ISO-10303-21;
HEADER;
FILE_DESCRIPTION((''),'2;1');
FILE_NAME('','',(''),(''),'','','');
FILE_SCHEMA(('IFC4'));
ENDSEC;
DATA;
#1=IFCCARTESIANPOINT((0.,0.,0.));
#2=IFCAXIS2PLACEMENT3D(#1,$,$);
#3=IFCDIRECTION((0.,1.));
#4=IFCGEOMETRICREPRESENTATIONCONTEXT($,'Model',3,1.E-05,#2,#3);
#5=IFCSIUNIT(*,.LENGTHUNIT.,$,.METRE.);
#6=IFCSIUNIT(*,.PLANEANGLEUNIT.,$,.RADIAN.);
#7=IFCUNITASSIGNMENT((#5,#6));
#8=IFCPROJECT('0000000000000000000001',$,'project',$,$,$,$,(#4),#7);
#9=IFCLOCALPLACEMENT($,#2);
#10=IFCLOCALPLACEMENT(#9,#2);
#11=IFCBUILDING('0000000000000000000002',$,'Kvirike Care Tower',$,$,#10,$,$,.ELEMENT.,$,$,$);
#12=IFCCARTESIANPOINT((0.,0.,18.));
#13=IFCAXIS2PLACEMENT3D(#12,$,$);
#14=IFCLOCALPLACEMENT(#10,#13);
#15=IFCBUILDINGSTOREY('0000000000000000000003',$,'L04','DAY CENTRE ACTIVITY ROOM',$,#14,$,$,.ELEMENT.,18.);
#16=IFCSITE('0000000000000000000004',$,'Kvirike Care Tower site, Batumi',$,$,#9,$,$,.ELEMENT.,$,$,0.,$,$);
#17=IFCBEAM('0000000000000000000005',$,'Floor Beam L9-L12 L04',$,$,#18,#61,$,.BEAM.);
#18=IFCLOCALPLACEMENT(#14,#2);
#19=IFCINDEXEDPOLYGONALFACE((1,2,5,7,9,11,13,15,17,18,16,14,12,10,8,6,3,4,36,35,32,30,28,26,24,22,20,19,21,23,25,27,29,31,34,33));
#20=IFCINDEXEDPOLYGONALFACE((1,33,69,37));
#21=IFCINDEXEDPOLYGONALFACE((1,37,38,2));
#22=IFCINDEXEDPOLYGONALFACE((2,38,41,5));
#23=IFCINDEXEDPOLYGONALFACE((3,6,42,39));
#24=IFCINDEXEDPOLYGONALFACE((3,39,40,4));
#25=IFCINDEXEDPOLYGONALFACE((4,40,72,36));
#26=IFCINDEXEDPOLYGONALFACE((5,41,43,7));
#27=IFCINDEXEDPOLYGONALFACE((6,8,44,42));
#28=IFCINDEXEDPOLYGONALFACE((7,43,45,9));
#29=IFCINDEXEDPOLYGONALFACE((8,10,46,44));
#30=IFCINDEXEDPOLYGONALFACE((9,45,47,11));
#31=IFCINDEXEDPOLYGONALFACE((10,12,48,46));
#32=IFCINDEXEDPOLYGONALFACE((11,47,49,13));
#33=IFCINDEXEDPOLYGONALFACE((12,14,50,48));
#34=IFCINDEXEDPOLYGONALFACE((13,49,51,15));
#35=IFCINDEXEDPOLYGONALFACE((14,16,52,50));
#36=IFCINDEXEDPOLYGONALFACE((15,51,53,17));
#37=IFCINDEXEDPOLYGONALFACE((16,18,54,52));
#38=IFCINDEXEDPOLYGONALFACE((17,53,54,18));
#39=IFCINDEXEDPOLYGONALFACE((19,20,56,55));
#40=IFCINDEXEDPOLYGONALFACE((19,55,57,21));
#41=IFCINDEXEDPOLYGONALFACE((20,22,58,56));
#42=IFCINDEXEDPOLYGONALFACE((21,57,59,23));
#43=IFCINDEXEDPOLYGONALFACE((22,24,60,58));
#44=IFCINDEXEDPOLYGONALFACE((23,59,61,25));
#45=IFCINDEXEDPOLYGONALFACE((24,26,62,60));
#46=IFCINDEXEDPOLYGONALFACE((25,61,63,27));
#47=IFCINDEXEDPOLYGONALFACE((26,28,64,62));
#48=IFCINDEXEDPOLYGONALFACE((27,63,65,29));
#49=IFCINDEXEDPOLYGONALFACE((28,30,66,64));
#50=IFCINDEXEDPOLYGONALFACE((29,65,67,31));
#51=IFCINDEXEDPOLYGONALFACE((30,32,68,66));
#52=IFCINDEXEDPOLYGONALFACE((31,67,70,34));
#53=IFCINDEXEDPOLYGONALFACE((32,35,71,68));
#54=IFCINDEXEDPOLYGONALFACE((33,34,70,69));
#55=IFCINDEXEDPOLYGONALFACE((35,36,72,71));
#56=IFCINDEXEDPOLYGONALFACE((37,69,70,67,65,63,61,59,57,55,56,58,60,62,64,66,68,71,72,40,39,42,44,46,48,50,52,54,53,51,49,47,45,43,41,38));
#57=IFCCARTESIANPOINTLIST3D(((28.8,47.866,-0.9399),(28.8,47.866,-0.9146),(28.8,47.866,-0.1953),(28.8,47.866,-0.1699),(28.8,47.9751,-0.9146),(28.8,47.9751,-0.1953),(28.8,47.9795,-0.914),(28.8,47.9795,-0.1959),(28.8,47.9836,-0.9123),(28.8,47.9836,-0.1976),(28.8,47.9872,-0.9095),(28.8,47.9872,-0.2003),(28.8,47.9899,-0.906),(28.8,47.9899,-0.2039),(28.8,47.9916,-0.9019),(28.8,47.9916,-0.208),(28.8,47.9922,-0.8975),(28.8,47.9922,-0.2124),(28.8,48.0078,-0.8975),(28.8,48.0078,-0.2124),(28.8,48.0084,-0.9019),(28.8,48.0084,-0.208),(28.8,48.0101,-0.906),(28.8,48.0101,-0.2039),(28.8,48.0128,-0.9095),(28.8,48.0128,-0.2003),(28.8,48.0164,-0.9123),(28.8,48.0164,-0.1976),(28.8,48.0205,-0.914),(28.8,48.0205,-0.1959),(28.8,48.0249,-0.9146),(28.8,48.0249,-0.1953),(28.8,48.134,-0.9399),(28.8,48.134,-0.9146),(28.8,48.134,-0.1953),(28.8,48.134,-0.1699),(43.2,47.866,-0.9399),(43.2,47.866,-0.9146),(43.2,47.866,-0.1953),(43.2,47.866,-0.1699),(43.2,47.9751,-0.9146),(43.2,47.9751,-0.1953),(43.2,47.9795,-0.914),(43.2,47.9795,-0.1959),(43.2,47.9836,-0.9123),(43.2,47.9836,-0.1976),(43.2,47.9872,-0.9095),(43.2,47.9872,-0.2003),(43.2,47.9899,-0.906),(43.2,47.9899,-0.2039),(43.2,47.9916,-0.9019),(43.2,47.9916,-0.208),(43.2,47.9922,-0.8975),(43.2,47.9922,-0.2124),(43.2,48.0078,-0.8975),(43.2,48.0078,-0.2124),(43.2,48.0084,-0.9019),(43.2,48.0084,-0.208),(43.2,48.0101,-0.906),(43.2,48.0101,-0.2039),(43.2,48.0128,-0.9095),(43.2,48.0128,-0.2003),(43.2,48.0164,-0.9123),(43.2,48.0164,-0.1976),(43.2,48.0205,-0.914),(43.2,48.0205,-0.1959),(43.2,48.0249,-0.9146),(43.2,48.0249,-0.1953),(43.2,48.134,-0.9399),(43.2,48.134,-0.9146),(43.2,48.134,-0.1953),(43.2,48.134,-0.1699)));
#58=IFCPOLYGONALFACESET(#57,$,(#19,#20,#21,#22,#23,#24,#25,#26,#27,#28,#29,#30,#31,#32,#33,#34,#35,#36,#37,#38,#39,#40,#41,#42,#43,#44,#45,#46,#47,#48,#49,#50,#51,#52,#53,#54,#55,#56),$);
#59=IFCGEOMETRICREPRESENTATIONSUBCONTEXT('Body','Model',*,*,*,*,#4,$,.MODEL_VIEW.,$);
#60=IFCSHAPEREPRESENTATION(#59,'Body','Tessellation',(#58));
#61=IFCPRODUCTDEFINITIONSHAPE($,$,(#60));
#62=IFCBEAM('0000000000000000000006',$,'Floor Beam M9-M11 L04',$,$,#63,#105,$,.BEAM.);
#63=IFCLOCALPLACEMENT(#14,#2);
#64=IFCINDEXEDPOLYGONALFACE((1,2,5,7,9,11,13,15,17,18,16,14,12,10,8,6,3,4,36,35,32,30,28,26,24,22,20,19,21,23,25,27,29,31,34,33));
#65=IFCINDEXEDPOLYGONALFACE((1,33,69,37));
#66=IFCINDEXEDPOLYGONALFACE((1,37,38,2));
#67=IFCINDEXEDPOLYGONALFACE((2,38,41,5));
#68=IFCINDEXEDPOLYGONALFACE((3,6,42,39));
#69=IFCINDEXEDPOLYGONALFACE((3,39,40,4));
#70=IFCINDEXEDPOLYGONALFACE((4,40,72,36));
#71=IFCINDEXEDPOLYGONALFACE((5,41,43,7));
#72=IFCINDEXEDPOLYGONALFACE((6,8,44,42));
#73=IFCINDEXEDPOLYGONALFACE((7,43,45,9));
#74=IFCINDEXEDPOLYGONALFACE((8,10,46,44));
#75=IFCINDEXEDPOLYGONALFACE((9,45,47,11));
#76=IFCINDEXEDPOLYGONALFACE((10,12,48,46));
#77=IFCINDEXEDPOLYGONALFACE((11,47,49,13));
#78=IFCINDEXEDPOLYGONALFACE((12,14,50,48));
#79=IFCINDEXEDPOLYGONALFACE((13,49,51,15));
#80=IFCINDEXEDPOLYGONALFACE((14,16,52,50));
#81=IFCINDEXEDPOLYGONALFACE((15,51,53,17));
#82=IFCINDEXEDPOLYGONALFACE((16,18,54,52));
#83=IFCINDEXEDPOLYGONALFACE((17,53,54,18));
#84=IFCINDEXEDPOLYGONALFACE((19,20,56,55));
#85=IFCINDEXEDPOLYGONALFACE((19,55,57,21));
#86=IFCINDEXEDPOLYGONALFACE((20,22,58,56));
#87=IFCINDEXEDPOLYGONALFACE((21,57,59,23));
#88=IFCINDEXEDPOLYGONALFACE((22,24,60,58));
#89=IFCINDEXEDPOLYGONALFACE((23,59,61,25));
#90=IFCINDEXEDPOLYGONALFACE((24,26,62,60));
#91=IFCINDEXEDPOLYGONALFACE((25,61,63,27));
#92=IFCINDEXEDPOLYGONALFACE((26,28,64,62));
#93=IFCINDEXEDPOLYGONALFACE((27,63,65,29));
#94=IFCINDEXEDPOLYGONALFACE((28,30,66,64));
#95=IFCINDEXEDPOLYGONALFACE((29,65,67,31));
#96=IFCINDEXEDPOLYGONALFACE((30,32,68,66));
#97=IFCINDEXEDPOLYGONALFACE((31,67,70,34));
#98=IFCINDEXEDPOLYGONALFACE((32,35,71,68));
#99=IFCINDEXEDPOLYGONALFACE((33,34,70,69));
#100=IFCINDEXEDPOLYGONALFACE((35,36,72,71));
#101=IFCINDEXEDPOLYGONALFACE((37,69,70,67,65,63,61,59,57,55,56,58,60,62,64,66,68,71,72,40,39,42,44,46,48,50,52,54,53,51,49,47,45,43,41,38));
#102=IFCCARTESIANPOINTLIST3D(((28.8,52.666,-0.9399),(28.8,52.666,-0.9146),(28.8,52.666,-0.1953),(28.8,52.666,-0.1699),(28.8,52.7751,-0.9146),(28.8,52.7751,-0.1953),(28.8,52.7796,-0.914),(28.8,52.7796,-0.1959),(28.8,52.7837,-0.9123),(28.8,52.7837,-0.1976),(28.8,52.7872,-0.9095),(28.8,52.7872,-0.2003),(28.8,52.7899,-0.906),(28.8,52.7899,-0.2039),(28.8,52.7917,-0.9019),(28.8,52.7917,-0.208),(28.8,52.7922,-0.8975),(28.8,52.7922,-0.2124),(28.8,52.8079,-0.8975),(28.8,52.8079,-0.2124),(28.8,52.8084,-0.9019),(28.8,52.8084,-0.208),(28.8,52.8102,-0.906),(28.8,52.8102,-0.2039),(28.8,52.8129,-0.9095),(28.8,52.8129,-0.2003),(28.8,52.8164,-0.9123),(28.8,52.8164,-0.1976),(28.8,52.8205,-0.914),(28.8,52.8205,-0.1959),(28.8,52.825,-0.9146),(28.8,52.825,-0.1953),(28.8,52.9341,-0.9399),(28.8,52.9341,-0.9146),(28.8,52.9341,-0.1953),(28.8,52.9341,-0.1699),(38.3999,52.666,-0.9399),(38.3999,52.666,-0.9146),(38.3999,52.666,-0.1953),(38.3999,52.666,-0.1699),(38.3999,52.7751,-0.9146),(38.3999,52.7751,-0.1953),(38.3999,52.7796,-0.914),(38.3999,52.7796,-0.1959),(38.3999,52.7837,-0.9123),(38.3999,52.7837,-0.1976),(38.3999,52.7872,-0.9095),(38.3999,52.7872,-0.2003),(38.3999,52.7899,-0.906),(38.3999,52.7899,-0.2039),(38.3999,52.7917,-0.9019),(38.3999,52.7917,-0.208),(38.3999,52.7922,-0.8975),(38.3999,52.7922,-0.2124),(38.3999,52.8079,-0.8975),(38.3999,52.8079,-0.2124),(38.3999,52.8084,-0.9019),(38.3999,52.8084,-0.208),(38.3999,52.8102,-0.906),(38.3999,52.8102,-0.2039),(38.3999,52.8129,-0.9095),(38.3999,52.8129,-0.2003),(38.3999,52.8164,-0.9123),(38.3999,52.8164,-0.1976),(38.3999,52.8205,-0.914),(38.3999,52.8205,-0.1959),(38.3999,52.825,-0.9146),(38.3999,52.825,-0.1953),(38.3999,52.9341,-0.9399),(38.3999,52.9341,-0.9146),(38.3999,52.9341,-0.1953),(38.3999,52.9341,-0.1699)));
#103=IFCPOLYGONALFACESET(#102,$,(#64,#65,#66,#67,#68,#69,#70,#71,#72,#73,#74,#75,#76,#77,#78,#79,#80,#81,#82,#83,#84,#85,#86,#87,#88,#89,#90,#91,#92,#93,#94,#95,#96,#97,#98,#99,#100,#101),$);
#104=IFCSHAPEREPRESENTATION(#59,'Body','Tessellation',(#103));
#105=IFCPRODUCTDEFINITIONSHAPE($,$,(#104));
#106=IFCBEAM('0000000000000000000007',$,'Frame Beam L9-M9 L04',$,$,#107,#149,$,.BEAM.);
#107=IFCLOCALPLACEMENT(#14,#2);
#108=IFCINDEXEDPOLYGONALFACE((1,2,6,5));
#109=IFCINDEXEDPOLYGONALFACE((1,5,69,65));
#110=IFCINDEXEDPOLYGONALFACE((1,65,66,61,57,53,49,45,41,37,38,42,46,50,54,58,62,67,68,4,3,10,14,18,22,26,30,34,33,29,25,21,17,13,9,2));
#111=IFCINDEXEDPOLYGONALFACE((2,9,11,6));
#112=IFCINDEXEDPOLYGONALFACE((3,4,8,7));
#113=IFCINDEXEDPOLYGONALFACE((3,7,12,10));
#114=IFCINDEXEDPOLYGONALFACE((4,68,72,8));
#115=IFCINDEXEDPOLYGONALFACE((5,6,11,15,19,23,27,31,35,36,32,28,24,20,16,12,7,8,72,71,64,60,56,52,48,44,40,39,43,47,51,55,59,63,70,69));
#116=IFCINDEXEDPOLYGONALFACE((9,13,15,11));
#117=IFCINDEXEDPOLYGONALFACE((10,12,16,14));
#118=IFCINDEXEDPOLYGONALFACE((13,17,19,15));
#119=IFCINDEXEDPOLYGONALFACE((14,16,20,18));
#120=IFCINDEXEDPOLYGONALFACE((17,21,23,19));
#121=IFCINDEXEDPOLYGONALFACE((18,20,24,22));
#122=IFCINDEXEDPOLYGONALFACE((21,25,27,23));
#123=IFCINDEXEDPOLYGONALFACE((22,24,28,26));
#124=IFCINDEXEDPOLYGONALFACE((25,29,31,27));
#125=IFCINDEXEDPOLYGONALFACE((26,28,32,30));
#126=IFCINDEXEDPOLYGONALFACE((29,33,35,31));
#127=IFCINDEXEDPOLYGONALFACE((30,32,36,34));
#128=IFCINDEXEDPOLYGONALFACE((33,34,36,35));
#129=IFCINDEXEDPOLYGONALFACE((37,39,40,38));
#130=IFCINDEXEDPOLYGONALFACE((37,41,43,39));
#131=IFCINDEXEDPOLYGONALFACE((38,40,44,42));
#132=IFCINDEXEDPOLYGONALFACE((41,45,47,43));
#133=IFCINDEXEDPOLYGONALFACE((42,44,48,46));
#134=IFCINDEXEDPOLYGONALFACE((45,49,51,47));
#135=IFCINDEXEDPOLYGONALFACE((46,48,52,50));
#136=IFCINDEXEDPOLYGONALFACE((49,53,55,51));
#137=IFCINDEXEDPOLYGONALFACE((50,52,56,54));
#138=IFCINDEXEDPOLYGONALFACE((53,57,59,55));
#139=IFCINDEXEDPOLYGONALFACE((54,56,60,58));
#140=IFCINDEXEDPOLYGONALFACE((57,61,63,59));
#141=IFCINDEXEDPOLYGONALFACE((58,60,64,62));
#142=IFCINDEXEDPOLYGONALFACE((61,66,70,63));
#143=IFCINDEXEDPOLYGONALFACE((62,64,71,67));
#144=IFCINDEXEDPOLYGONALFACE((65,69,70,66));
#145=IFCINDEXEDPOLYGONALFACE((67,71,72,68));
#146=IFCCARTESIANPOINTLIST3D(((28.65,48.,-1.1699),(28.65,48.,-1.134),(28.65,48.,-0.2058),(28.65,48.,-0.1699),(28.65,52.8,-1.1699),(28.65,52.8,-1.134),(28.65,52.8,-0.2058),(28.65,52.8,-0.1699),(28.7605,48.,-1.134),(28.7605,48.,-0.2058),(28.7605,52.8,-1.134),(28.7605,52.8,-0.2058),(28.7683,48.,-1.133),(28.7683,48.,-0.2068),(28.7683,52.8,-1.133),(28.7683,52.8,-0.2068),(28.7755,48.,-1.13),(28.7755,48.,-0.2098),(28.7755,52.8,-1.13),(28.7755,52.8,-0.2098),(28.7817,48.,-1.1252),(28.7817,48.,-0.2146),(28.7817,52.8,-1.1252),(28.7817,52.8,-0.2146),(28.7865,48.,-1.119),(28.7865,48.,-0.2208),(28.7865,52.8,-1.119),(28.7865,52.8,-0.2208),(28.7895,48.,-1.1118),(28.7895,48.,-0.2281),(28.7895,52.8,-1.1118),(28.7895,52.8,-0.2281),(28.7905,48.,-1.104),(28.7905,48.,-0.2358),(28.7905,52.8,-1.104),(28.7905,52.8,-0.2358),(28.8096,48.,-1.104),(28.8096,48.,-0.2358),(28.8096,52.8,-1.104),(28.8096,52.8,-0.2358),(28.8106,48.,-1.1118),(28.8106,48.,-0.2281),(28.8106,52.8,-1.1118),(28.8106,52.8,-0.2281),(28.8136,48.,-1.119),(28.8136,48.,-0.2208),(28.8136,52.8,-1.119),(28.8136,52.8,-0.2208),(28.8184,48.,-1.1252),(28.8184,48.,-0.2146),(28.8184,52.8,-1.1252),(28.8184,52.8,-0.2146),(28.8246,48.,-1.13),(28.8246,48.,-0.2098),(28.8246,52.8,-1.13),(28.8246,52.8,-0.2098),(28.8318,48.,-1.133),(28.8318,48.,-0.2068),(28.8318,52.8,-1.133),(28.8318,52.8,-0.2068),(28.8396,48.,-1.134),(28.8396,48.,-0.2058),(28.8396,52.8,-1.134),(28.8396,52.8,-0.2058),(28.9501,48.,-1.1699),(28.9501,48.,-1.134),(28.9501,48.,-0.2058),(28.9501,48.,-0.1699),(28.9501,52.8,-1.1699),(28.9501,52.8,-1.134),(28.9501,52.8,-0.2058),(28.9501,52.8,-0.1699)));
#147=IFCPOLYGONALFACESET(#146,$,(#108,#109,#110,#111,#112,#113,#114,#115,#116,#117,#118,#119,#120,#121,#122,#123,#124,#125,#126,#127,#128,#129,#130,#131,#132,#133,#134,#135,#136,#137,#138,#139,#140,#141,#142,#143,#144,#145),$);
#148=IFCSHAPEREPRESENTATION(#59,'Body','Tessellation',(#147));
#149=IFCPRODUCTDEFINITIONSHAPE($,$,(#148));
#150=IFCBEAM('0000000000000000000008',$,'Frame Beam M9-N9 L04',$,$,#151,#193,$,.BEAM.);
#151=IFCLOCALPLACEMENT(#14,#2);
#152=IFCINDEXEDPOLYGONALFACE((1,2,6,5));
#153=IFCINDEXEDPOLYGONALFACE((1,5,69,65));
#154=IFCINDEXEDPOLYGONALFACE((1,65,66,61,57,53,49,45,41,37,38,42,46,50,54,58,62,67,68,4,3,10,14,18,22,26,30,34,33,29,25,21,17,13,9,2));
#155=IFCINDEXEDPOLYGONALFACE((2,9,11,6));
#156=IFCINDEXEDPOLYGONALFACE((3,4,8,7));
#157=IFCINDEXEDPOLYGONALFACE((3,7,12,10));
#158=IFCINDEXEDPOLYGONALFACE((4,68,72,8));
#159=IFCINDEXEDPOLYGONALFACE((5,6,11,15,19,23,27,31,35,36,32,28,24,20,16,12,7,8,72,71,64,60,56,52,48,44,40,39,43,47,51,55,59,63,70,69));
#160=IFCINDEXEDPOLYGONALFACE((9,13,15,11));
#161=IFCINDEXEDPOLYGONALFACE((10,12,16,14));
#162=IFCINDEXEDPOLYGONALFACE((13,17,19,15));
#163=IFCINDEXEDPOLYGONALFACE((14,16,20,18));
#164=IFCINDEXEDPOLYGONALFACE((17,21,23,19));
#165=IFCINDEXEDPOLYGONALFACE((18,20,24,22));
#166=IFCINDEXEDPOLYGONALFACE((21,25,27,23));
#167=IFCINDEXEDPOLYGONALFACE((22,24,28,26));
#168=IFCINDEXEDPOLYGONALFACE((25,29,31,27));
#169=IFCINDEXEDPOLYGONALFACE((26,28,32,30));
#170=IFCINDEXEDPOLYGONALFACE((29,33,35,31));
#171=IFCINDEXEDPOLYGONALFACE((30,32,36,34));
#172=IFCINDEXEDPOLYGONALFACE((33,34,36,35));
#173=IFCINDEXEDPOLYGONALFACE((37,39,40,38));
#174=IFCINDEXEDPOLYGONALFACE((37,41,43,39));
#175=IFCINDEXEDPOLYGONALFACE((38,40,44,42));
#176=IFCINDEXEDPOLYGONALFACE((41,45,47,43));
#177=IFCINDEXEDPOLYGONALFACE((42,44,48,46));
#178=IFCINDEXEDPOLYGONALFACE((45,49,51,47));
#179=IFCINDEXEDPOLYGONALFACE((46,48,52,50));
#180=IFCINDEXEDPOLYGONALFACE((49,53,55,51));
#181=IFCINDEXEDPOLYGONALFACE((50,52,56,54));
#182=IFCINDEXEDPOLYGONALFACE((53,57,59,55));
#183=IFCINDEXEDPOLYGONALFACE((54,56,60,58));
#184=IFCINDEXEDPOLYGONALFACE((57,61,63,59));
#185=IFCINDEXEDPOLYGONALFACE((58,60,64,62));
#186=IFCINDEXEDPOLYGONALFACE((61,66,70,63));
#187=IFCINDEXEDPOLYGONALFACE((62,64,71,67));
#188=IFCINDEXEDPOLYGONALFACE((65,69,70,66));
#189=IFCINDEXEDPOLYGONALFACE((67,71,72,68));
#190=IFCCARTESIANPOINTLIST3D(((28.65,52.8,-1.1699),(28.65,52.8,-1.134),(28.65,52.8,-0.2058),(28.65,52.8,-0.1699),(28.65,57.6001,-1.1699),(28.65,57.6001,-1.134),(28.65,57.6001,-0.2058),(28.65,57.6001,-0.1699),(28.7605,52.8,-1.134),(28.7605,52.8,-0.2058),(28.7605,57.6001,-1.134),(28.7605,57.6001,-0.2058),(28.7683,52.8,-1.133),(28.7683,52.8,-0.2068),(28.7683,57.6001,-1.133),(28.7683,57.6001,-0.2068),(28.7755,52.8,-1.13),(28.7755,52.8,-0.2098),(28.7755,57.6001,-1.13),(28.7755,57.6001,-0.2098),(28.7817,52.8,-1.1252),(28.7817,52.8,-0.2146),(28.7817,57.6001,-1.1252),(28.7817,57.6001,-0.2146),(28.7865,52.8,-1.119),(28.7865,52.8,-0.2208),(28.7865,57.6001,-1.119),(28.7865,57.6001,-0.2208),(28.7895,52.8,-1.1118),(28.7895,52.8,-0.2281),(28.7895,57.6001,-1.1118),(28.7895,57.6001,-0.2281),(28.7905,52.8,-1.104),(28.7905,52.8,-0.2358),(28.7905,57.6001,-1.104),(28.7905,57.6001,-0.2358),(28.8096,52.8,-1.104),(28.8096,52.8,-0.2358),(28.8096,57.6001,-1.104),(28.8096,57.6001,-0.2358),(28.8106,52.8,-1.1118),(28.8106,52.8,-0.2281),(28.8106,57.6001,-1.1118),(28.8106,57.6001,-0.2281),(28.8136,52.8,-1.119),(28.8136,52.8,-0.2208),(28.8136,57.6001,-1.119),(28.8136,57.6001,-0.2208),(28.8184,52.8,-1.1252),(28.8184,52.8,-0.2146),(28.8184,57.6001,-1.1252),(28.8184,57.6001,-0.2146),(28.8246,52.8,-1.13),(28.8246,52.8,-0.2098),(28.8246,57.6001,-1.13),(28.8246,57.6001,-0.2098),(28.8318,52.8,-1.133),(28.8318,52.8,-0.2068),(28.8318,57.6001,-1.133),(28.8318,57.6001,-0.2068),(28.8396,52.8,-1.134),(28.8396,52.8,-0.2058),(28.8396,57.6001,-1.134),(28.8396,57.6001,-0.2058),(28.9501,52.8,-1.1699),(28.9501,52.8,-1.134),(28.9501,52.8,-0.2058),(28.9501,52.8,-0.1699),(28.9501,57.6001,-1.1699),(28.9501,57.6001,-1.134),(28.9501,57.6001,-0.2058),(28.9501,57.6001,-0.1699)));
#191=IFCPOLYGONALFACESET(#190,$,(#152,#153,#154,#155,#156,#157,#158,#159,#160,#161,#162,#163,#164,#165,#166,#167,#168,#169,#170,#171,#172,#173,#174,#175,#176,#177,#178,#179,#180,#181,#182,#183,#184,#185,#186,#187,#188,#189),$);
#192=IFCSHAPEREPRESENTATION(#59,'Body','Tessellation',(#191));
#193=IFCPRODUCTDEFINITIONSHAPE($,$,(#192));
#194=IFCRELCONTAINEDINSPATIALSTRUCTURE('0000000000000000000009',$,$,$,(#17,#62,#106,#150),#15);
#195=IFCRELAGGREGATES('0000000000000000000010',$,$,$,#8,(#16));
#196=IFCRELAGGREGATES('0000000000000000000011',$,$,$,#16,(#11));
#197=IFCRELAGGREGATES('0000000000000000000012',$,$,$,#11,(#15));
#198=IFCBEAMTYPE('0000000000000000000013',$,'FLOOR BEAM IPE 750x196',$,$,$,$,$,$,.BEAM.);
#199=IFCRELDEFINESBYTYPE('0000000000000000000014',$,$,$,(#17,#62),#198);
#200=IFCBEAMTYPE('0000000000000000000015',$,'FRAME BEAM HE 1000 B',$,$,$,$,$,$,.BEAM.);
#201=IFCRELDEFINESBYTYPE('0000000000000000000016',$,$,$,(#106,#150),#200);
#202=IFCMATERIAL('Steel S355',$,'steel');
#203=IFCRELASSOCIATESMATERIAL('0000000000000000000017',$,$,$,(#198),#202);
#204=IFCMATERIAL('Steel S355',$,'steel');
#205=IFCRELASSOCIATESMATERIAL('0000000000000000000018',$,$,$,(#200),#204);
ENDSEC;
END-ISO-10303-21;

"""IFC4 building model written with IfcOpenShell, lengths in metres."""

from ifc_helpers import new_model, si_unit, direction, frame, origin, origin_2d, place, context, subcontext, project, spatial, i_section, extrude, material, material_profile, profile_set, type_object, element, save


model = new_model("IFC4")

# Units and contexts
model_context = context("Model", 3, precision=1e-05, world=origin(), true_north=direction((0.0, 1.0)))
body_context = subcontext(model_context, "Body", "Model", "MODEL_VIEW")
ifc_project = project(units=[si_unit("LENGTHUNIT", "METRE"), si_unit("PLANEANGLEUNIT", "RADIAN")], contexts=[model_context])

# Site, building, storey
site_placement = place(None, origin())
site = spatial("IfcSite", under=ifc_project, at=site_placement, Name="Kvirike Care Tower site, Batumi", CompositionType="ELEMENT", RefElevation=0.0)
building_placement = place(site_placement, origin())
building = spatial("IfcBuilding", under=site, at=building_placement, Name="Kvirike Care Tower", CompositionType="ELEMENT")
storey_placement = place(building_placement, frame((0.0, 0.0, 18.0)))
storey = spatial("IfcBuildingStorey", under=building, at=storey_placement, Name="L04", Description="DAY CENTRE ACTIVITY ROOM", CompositionType="ELEMENT", Elevation=18.0)

# Beams
ifc_material_1 = material(Name="Steel S355", Category="steel")
ifc_material_profile_1 = material_profile(ifc_material_1, i_section(OverallWidth=0.2681, OverallDepth=0.77, WebThickness=0.0156, FlangeThickness=0.0254, FilletRadius=0.0171, at=origin_2d()), Name="IPE 750x196")
ifc_profile_set_1 = profile_set([ifc_material_profile_1], Name="Steel S355")
beam_type_1 = type_object("IfcBeamType", Name="FLOOR BEAM IPE 750x196", PredefinedType="BEAM", material=ifc_profile_set_1)
beam_1_placement = place(storey_placement, frame((28.8, 48.0, -0.5549), z_axis=(1.0, 0.0, 0.0), x_axis=(0.0, 1.0, 0.0)))
element("IfcBeam", 1, at=beam_1_placement, inside=storey, type_object=beam_type_1, Name="Floor Beam L9-L12 L04", PredefinedType="BEAM", context=body_context, shape_type="SweptSolid", body=[
    extrude(i_section(OverallWidth=0.2681, OverallDepth=0.77, WebThickness=0.0156, FlangeThickness=0.0254, FilletRadius=0.0171, at=origin_2d()), origin(), (0.0, 0.0, 1.0), 14.3999),
])
beam_2_placement = place(storey_placement, frame((28.8, 52.8, -0.5549), z_axis=(1.0, 0.0, 0.0), x_axis=(0.0, 1.0, 0.0)))
element("IfcBeam", 2, at=beam_2_placement, inside=storey, type_object=beam_type_1, Name="Floor Beam M9-M11 L04", PredefinedType="BEAM", context=body_context, shape_type="SweptSolid", body=[
    extrude(i_section(OverallWidth=0.2681, OverallDepth=0.77, WebThickness=0.0156, FlangeThickness=0.0254, FilletRadius=0.0171, at=origin_2d()), origin(), (0.0, 0.0, 1.0), 9.5999),
])
ifc_material_2 = material(Name="Steel S355", Category="steel")
ifc_material_profile_2 = material_profile(ifc_material_2, i_section(OverallWidth=0.3, OverallDepth=1.0, WebThickness=0.019, FlangeThickness=0.0359, FilletRadius=0.03, at=origin_2d()), Name="HE 1000 B")
ifc_profile_set_2 = profile_set([ifc_material_profile_2], Name="Steel S355")
beam_type_2 = type_object("IfcBeamType", Name="FRAME BEAM HE 1000 B", PredefinedType="BEAM", material=ifc_profile_set_2)
for number, where, z_axis, x_axis, name in (
    (3, (28.8, 48.0, -0.6699), (0.0, 1.0, 0.0), (-1.0, 0.0, 0.0), "Frame Beam L9-M9 L04"),
    (4, (28.8, 52.8, -0.6699), (0.0, 1.0, 0.0), (-1.0, 0.0, 0.0), "Frame Beam M9-N9 L04"),
):
    element("IfcBeam", number, at=place(storey_placement, frame(where, z_axis=z_axis, x_axis=x_axis)), inside=storey, type_object=beam_type_2, Name=name, PredefinedType="BEAM", context=body_context, shape_type="SweptSolid", body=[
        extrude(i_section(OverallWidth=0.3, OverallDepth=1.0, WebThickness=0.019, FlangeThickness=0.0359, FilletRadius=0.03, at=origin_2d()), origin(), (0.0, 0.0, 1.0), 4.8),
    ])

save(model, "model.ifc")
